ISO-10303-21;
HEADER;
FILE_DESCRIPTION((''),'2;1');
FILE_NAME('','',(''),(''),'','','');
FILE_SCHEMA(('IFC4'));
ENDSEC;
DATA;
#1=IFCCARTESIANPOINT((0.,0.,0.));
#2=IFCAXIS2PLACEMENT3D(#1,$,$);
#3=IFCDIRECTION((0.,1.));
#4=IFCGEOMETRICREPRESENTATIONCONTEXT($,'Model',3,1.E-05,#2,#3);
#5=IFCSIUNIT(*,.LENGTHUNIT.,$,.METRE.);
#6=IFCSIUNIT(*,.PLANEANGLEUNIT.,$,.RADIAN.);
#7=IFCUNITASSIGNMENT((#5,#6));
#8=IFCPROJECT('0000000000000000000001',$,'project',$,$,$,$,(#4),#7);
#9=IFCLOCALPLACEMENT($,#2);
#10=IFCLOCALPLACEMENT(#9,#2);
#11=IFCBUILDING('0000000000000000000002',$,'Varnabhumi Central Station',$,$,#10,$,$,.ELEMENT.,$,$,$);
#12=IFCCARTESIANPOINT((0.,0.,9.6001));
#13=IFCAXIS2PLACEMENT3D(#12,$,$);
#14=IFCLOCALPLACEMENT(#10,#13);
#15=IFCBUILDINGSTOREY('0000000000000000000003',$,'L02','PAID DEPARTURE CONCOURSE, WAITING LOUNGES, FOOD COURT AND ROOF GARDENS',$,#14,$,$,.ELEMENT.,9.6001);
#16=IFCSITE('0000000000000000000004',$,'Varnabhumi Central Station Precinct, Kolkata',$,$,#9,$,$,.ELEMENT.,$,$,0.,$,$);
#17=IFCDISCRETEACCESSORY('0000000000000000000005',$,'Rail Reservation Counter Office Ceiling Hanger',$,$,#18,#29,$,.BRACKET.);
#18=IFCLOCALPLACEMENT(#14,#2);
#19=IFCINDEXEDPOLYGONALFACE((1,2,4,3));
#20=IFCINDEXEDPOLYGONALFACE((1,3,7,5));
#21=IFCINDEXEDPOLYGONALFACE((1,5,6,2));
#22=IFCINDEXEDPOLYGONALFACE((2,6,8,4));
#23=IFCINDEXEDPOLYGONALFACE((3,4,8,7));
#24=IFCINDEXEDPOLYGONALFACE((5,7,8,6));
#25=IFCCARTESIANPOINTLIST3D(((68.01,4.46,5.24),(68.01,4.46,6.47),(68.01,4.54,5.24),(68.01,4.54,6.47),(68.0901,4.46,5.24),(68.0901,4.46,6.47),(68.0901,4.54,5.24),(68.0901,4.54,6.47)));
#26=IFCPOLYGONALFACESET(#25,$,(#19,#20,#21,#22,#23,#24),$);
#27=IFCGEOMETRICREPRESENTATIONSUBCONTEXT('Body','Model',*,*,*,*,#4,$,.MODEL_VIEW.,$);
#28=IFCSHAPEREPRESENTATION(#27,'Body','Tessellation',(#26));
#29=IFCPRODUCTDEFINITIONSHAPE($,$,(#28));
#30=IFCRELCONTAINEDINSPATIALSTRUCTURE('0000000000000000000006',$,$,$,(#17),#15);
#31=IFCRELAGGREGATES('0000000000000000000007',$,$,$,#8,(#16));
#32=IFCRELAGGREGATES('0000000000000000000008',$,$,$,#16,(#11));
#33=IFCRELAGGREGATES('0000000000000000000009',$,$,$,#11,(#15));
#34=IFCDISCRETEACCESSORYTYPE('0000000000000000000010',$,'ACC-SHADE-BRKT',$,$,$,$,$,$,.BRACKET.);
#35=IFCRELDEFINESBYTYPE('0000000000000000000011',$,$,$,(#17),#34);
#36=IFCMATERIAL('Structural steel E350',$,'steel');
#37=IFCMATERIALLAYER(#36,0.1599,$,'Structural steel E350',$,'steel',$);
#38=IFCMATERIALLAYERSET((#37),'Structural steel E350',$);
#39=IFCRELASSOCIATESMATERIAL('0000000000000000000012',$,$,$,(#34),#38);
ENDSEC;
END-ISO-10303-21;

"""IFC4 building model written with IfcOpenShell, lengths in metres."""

from ifc_helpers import new_model, si_unit, direction, frame, origin, origin_2d, place, context, subcontext, project, spatial, rectangle, extrude, material, layer, layer_set, type_object, element, save


model = new_model("IFC4")

# Units and contexts
model_context = context("Model", 3, precision=1e-05, world=origin(), true_north=direction((0.0, 1.0)))
body_context = subcontext(model_context, "Body", "Model", "MODEL_VIEW")
ifc_project = project(units=[si_unit("LENGTHUNIT", "METRE"), si_unit("PLANEANGLEUNIT", "RADIAN")], contexts=[model_context])

# Site, building, storey
site_placement = place(None, origin())
site = spatial("IfcSite", under=ifc_project, at=site_placement, Name="Varnabhumi Central Station Precinct, Kolkata", CompositionType="ELEMENT", RefElevation=0.0)
building_placement = place(site_placement, origin())
building = spatial("IfcBuilding", under=site, at=building_placement, Name="Varnabhumi Central Station", CompositionType="ELEMENT")
storey_placement = place(building_placement, frame((0.0, 0.0, 9.6001)))
storey = spatial("IfcBuildingStorey", under=building, at=storey_placement, Name="L02", Description="PAID DEPARTURE CONCOURSE, WAITING LOUNGES, FOOD COURT AND ROOF GARDENS", CompositionType="ELEMENT", Elevation=9.6001)

# Shared definitions
ifc_material_1 = material(Name="Structural steel E350", Category="steel")

# Discrete accessory
ifc_layer_1 = layer(ifc_material_1, 0.1599, Name="Structural steel E350", Category="steel")
ifc_layer_set_1 = layer_set([ifc_layer_1], Name="Structural steel E350")
discrete_accessory_type_1 = type_object("IfcDiscreteAccessoryType", Name="ACC-SHADE-BRKT", PredefinedType="BRACKET", material=ifc_layer_set_1)
discrete_accessory_1_placement = place(storey_placement, frame((68.05, 4.5, 5.24), z_axis=(0.0, 0.0, 1.0), x_axis=(1.0, 0.0, 0.0)))
element("IfcDiscreteAccessory", 1, at=discrete_accessory_1_placement, inside=storey, type_object=discrete_accessory_type_1, Name="Rail Reservation Counter Office Ceiling Hanger", PredefinedType="BRACKET", context=body_context, shape_type="SweptSolid", body=[
    extrude(rectangle(XDim=0.0801, YDim=0.0801, at=origin_2d()), origin(), (0.0, 0.0, 1.0), 1.23),
])

save(model, "model.ifc")
